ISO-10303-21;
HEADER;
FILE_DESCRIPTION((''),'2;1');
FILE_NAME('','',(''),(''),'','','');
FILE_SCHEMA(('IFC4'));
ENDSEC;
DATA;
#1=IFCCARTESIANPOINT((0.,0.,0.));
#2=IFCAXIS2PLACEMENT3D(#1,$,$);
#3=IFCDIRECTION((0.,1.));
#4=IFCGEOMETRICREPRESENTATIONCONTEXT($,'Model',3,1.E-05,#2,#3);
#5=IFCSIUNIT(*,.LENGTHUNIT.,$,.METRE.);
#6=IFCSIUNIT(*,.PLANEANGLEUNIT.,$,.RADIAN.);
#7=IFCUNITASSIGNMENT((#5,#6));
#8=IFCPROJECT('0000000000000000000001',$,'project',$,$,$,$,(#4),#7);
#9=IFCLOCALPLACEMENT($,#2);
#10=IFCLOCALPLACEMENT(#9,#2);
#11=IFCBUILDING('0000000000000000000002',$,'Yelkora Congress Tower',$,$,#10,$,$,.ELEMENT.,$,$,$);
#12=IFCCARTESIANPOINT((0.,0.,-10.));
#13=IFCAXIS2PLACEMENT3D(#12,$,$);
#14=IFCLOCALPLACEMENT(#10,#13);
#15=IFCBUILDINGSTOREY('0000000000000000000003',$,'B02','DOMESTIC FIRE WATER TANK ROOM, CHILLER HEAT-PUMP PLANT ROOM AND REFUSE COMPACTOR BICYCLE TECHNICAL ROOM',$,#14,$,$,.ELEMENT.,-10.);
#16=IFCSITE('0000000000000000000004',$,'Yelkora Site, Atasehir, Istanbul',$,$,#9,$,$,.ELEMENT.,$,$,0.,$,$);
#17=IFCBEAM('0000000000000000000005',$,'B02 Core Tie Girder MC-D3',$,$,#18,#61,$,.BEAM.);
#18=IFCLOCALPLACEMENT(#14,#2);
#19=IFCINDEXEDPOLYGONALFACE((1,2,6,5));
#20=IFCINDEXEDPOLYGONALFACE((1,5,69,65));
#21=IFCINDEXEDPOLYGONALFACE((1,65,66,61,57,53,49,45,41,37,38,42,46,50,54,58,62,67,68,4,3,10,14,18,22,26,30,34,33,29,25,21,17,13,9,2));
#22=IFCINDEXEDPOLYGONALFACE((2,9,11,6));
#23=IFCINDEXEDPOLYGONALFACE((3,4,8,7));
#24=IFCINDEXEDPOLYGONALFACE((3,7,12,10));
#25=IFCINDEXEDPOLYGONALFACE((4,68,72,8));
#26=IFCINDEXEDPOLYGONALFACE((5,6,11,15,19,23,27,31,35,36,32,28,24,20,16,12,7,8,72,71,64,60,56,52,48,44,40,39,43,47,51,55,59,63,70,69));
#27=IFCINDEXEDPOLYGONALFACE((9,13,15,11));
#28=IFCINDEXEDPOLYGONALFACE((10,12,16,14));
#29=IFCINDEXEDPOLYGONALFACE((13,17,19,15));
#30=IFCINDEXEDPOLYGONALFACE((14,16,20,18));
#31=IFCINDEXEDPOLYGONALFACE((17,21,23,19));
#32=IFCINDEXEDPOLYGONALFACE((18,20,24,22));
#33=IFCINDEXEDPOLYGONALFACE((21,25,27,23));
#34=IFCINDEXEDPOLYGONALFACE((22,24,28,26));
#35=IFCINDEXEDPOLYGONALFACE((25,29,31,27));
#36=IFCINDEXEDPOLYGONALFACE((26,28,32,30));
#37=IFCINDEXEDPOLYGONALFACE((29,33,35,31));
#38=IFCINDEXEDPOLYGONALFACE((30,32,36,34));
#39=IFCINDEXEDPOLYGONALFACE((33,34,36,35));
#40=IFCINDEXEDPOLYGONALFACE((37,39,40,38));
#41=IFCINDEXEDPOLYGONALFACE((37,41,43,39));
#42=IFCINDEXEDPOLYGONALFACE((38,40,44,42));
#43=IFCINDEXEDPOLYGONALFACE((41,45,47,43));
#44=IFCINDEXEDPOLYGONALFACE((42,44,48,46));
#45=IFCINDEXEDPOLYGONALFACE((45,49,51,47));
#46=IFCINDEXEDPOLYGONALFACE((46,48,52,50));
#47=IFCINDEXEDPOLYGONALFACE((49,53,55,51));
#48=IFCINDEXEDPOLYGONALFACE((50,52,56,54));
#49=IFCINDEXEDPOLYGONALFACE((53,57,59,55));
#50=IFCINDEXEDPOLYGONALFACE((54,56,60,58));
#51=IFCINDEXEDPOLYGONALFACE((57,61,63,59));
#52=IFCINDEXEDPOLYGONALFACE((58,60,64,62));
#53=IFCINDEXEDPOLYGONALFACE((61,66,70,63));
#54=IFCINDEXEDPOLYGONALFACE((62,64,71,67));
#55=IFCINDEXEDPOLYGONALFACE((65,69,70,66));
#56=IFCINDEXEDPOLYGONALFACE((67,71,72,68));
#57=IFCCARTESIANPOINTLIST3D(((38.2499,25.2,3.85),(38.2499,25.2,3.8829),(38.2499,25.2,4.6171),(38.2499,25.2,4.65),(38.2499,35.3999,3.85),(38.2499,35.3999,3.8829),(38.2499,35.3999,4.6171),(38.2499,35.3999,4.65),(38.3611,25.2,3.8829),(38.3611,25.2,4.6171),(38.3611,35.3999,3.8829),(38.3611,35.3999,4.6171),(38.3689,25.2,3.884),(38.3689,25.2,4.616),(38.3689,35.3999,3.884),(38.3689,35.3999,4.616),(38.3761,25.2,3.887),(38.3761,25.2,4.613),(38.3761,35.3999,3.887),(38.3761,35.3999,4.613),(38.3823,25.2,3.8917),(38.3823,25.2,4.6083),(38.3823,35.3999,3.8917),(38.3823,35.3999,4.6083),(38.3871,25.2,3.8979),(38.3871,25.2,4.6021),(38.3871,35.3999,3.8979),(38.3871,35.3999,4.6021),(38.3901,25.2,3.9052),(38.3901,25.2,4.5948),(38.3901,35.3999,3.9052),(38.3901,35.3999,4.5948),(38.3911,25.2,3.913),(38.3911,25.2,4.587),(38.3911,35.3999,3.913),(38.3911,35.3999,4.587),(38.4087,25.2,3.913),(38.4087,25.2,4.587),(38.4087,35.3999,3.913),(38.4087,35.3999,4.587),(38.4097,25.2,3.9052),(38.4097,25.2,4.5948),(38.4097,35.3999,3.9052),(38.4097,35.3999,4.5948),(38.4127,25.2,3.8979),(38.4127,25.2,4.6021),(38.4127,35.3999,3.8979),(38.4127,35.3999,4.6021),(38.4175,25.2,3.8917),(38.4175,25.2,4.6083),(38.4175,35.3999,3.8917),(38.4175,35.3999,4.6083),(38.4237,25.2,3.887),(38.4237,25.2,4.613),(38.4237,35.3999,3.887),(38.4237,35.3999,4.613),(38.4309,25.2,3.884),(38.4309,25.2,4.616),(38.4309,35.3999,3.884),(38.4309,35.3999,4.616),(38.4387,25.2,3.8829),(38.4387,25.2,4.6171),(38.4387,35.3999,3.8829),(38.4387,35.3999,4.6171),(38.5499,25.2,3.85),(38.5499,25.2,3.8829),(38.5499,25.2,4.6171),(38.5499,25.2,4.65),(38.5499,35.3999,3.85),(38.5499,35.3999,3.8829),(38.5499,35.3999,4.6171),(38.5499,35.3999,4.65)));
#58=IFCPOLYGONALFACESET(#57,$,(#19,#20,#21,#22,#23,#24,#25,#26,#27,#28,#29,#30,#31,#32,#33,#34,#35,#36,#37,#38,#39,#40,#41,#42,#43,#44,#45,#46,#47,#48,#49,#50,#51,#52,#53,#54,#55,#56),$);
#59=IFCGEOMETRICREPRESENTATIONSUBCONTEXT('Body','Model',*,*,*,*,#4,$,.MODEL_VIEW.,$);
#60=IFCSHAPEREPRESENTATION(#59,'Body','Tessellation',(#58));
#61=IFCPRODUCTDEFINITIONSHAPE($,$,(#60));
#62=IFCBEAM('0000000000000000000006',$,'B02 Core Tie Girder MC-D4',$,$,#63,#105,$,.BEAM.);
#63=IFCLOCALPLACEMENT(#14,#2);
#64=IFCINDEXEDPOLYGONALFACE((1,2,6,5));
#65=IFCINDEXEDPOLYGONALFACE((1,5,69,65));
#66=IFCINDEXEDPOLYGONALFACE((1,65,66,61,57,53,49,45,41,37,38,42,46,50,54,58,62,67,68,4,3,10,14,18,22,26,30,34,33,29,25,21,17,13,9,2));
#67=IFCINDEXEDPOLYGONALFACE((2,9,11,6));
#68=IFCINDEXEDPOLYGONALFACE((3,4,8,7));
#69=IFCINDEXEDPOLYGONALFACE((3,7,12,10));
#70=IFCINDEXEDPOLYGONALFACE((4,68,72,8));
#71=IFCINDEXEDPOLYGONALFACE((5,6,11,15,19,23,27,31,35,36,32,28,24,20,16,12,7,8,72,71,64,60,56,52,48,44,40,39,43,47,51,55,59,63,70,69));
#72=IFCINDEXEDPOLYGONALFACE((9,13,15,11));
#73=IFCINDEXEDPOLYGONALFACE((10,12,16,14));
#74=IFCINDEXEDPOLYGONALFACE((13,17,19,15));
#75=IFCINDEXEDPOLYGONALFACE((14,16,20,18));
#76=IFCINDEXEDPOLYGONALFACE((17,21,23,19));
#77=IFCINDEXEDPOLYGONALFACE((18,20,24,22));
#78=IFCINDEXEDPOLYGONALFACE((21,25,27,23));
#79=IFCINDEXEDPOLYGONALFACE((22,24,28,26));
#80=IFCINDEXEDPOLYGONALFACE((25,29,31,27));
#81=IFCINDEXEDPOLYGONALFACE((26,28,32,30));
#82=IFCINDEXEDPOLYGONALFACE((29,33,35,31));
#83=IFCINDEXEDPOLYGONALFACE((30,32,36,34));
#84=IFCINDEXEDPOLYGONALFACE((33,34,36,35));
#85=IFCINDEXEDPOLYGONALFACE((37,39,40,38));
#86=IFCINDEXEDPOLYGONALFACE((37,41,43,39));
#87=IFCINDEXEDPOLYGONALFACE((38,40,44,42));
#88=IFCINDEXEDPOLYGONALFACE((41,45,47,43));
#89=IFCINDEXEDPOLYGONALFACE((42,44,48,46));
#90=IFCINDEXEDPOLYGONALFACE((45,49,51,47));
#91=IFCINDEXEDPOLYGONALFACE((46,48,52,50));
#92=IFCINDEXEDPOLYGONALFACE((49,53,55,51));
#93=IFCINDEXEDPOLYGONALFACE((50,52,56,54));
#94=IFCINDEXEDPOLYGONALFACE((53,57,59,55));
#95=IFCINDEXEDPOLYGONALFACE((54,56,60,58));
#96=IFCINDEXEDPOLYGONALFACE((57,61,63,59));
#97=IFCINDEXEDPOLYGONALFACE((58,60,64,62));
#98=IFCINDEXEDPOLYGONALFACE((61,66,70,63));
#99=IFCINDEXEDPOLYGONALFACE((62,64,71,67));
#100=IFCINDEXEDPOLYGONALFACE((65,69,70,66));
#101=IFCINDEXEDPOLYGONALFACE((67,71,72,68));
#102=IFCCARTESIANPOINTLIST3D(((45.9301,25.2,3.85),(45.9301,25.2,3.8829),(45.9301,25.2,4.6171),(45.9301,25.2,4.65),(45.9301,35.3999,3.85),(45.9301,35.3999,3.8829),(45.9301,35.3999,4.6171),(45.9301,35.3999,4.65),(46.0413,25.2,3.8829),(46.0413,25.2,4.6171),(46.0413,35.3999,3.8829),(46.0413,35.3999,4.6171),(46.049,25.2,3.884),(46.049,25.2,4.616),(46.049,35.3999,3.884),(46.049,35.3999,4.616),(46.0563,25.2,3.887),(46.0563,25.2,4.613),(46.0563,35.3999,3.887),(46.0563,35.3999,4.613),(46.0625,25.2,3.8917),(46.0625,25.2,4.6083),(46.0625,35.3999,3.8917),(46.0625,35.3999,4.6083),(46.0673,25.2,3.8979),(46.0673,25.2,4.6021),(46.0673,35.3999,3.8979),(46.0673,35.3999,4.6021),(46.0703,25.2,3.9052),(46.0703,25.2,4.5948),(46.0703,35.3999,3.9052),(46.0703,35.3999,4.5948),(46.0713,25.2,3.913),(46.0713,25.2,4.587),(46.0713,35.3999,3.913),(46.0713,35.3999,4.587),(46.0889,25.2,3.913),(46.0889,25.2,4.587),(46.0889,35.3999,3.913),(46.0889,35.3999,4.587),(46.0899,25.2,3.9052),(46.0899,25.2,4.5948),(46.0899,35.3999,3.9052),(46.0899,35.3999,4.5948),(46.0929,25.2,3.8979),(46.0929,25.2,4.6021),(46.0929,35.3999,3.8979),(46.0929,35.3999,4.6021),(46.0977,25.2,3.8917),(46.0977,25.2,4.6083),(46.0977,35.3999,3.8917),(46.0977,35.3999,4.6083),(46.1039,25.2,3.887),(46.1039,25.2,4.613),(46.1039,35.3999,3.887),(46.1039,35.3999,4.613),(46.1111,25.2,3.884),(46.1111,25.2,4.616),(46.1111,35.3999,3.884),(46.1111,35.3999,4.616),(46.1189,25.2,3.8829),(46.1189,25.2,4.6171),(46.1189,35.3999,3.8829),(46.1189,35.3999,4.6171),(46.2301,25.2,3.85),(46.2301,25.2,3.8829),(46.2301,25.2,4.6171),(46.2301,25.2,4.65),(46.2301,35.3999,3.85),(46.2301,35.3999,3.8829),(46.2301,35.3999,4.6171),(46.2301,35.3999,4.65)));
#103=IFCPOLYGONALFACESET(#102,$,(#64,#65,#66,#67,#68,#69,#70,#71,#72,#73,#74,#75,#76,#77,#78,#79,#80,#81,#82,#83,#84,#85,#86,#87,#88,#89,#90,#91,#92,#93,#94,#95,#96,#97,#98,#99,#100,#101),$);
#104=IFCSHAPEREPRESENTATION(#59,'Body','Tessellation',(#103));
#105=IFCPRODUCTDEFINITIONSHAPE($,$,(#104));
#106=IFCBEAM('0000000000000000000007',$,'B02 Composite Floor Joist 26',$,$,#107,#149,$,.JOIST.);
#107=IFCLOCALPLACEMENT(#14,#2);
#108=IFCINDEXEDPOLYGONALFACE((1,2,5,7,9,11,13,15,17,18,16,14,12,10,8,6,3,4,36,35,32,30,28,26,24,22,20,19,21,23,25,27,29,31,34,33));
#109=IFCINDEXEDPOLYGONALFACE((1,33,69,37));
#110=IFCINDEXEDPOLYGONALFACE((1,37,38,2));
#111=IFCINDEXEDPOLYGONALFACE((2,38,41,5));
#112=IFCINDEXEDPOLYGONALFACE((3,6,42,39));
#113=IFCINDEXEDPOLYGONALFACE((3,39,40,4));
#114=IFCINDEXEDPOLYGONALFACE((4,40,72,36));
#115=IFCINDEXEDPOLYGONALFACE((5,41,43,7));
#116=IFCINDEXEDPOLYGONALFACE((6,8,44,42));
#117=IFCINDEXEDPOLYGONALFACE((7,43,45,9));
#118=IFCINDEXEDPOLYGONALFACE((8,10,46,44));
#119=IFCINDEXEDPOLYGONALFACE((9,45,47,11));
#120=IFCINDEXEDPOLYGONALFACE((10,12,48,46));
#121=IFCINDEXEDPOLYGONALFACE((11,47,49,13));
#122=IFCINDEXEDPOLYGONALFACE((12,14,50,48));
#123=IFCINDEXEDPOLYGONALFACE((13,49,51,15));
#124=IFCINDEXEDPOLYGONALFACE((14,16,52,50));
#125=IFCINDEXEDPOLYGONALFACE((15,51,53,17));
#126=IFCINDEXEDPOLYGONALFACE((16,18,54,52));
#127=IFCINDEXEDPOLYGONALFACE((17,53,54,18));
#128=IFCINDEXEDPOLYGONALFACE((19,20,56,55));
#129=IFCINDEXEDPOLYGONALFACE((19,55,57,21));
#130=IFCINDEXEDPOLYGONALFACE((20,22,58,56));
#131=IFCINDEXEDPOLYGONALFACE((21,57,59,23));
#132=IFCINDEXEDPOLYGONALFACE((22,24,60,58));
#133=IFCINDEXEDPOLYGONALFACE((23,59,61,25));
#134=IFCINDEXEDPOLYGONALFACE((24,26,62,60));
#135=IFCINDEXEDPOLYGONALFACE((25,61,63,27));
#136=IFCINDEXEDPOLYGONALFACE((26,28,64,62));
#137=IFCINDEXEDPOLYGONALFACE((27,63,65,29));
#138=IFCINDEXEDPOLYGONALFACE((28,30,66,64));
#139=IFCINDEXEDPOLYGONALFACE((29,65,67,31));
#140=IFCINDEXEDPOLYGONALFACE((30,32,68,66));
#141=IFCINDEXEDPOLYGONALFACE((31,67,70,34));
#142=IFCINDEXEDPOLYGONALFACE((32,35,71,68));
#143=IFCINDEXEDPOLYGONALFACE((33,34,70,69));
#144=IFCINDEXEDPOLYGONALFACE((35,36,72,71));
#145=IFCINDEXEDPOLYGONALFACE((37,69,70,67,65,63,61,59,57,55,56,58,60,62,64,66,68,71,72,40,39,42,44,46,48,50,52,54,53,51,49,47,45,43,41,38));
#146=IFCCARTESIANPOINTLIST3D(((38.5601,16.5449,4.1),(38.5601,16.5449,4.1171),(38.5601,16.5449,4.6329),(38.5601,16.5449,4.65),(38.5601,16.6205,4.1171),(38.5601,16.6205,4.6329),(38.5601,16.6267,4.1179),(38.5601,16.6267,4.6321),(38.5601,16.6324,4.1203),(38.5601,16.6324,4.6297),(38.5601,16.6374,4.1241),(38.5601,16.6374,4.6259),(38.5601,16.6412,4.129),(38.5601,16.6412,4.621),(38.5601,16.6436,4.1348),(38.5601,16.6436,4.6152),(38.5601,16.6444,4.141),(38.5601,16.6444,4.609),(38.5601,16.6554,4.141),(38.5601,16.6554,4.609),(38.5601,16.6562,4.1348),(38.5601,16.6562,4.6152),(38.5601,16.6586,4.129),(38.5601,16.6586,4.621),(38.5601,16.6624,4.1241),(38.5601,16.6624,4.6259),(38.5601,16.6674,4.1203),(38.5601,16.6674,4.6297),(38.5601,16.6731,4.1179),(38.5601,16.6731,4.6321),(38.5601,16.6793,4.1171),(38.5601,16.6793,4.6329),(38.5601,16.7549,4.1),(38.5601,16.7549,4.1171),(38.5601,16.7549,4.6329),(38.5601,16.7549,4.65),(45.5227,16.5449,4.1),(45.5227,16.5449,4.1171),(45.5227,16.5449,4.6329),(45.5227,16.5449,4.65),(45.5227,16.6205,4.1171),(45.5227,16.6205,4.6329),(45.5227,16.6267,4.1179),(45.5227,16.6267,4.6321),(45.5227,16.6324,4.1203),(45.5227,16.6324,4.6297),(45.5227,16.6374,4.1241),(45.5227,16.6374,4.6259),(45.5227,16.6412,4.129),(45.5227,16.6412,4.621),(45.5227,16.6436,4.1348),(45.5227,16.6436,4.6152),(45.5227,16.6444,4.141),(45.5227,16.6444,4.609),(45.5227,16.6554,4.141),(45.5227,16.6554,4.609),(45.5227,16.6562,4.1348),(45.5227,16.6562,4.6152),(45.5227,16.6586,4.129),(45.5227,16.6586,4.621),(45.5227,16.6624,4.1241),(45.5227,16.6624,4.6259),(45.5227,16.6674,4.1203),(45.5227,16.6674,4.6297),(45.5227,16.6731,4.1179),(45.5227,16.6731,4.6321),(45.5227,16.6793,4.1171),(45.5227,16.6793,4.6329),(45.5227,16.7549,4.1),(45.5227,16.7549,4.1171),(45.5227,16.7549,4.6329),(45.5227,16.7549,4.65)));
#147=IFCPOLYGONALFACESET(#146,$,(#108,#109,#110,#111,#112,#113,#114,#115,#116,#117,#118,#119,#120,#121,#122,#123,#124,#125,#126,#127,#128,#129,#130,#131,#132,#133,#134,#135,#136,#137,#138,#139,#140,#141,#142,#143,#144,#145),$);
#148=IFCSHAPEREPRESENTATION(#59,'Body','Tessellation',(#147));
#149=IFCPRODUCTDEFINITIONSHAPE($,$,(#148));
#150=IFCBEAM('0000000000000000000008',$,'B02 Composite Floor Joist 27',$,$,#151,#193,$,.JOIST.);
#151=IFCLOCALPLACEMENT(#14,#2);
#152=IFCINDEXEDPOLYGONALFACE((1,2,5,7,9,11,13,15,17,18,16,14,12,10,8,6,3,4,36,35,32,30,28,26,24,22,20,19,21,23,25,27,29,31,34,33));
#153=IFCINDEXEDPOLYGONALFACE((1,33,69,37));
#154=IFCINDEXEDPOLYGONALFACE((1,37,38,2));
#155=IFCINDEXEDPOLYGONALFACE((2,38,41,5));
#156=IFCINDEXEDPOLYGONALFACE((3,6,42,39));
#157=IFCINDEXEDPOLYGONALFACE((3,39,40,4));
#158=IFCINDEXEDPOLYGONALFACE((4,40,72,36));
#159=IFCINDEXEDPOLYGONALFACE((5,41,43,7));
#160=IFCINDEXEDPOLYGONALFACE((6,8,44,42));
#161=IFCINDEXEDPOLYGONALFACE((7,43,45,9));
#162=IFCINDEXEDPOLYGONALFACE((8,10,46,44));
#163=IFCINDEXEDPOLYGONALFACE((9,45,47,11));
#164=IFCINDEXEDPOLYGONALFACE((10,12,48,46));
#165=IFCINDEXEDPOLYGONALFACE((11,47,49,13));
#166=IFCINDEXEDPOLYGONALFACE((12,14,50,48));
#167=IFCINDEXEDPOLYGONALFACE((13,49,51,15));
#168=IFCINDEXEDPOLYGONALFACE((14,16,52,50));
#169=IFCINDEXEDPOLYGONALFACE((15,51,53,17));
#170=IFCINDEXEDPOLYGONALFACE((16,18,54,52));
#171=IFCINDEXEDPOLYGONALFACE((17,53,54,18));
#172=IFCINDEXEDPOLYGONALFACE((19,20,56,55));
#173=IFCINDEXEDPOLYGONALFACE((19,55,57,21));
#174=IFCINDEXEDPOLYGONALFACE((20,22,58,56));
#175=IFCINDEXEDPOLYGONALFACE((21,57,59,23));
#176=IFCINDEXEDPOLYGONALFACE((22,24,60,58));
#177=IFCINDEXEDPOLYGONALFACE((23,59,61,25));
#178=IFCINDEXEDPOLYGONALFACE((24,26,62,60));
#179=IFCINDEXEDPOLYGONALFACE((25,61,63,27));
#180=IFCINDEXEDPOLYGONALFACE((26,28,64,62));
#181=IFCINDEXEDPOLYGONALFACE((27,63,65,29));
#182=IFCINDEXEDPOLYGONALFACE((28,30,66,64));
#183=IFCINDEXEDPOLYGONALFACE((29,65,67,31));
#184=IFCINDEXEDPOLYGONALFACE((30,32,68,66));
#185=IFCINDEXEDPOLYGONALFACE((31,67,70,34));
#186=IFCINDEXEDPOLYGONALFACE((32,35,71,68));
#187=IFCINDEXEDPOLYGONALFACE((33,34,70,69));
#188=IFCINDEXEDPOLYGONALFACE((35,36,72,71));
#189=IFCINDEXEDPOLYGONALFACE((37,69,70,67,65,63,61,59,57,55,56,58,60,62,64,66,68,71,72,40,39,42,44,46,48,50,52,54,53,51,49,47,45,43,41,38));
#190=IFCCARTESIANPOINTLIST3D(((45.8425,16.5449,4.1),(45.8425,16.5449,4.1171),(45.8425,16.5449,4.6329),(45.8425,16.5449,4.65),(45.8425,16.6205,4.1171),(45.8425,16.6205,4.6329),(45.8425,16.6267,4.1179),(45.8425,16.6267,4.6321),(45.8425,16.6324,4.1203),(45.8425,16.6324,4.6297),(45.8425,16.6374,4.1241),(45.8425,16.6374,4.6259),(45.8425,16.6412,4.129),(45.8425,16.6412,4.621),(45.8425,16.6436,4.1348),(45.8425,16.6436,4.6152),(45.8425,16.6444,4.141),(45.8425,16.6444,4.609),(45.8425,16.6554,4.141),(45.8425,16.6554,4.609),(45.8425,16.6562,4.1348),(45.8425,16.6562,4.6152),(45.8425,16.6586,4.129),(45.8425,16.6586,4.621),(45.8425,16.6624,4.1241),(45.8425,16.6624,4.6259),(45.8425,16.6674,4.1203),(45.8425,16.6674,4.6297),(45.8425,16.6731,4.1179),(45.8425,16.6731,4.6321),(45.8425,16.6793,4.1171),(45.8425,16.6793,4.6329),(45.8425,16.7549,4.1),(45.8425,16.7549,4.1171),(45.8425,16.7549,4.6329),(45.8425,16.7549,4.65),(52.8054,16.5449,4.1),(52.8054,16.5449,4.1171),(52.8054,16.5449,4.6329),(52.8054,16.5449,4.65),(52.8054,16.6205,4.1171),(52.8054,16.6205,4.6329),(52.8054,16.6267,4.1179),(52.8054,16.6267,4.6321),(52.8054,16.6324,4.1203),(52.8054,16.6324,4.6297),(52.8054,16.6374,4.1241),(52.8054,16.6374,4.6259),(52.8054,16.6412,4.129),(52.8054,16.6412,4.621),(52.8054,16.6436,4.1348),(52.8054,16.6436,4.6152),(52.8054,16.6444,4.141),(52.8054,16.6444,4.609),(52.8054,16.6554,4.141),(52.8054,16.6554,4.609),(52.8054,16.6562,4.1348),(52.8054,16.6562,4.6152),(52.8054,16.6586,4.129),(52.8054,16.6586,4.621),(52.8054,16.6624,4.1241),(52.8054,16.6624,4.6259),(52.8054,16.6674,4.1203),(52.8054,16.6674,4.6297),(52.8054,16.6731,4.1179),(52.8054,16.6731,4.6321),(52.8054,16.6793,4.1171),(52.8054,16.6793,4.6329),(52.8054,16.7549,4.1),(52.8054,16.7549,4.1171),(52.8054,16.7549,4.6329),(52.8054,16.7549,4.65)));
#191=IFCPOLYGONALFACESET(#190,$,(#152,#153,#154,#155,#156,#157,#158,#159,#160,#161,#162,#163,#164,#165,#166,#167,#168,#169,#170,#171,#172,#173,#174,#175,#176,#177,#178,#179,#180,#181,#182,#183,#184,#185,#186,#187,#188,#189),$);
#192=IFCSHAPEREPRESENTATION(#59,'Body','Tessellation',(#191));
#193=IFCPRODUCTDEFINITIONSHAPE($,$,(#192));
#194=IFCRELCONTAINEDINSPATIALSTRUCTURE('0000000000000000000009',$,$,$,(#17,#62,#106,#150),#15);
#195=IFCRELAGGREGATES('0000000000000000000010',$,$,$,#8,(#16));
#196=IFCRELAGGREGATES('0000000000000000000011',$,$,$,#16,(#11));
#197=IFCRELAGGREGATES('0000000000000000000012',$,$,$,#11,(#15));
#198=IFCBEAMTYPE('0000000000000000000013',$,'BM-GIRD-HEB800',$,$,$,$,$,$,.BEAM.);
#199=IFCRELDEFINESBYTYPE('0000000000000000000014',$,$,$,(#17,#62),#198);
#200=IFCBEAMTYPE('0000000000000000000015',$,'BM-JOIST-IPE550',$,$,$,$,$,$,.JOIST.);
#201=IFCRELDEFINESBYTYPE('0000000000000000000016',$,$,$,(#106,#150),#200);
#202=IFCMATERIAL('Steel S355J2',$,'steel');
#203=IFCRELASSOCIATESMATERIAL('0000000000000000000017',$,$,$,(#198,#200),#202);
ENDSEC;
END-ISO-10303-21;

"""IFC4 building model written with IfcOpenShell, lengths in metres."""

from ifc_helpers import new_model, si_unit, direction, frame, origin, origin_2d, place, context, subcontext, project, spatial, i_section, extrude, material, material_profile, profile_set, type_object, element, save


model = new_model("IFC4")

# Units and contexts
model_context = context("Model", 3, precision=1e-05, world=origin(), true_north=direction((0.0, 1.0)))
body_context = subcontext(model_context, "Body", "Model", "MODEL_VIEW")
ifc_project = project(units=[si_unit("LENGTHUNIT", "METRE"), si_unit("PLANEANGLEUNIT", "RADIAN")], contexts=[model_context])

# Site, building, storey
site_placement = place(None, origin())
site = spatial("IfcSite", under=ifc_project, at=site_placement, Name="Yelkora Site, Atasehir, Istanbul", CompositionType="ELEMENT", RefElevation=0.0)
building_placement = place(site_placement, origin())
building = spatial("IfcBuilding", under=site, at=building_placement, Name="Yelkora Congress Tower", CompositionType="ELEMENT")
storey_placement = place(building_placement, frame((0.0, 0.0, -10.0)))
storey = spatial("IfcBuildingStorey", under=building, at=storey_placement, Name="B02", Description="DOMESTIC FIRE WATER TANK ROOM, CHILLER HEAT-PUMP PLANT ROOM AND REFUSE COMPACTOR BICYCLE TECHNICAL ROOM", CompositionType="ELEMENT", Elevation=-10.0)

# Beams
ifc_material_1 = material(Name="Steel S355J2", Category="steel")
ifc_material_profile_1 = material_profile(ifc_material_1, i_section(OverallWidth=0.3, OverallDepth=0.8, WebThickness=0.0176, FlangeThickness=0.033, FilletRadius=0.03, at=origin_2d()), Name="HEB 800")
ifc_profile_set_1 = profile_set([ifc_material_profile_1], Name="Steel S355J2")
beam_type_1 = type_object("IfcBeamType", Name="BM-GIRD-HEB800", PredefinedType="BEAM", material=ifc_profile_set_1)
for number, where, z_axis, x_axis, name in (
    (1, (38.3999, 25.2, 4.25), (0.0, 1.0, 0.0), (-1.0, 0.0, 0.0), "B02 Core Tie Girder MC-D3"),
    (2, (46.0801, 25.2, 4.25), (0.0, 1.0, 0.0), (-1.0, 0.0, 0.0), "B02 Core Tie Girder MC-D4"),
):
    element("IfcBeam", number, at=place(storey_placement, frame(where, z_axis=z_axis, x_axis=x_axis)), inside=storey, type_object=beam_type_1, Name=name, PredefinedType="BEAM", context=body_context, shape_type="SweptSolid", body=[
        extrude(i_section(OverallWidth=0.3, OverallDepth=0.8, WebThickness=0.0176, FlangeThickness=0.033, FilletRadius=0.03, at=origin_2d()), origin(), (0.0, 0.0, 1.0), 10.2),
    ])
ifc_material_profile_2 = material_profile(ifc_material_1, i_section(OverallWidth=0.21, OverallDepth=0.55, WebThickness=0.011, FlangeThickness=0.0171, FilletRadius=0.0239, at=origin_2d()), Name="IPE 550")
ifc_profile_set_2 = profile_set([ifc_material_profile_2], Name="Steel S355J2")
beam_type_2 = type_object("IfcBeamType", Name="BM-JOIST-IPE550", PredefinedType="JOIST", material=ifc_profile_set_2)
beam_1_placement = place(storey_placement, frame((38.5601, 16.6499, 4.375), z_axis=(1.0, 0.0, 0.0), x_axis=(0.0, 1.0, 0.0)))
element("IfcBeam", 3, at=beam_1_placement, inside=storey, type_object=beam_type_2, Name="B02 Composite Floor Joist 26", PredefinedType="JOIST", context=body_context, shape_type="SweptSolid", body=[
    extrude(i_section(OverallWidth=0.21, OverallDepth=0.55, WebThickness=0.011, FlangeThickness=0.0171, FilletRadius=0.0239, at=origin_2d()), origin(), (0.0, 0.0, 1.0), 6.9626),
])
beam_2_placement = place(storey_placement, frame((45.8425, 16.6499, 4.375), z_axis=(1.0, 0.0, 0.0), x_axis=(0.0, 1.0, 0.0)))
element("IfcBeam", 4, at=beam_2_placement, inside=storey, type_object=beam_type_2, Name="B02 Composite Floor Joist 27", PredefinedType="JOIST", context=body_context, shape_type="SweptSolid", body=[
    extrude(i_section(OverallWidth=0.21, OverallDepth=0.55, WebThickness=0.011, FlangeThickness=0.0171, FilletRadius=0.0239, at=origin_2d()), origin(), (0.0, 0.0, 1.0), 6.9629),
])

save(model, "model.ifc")
